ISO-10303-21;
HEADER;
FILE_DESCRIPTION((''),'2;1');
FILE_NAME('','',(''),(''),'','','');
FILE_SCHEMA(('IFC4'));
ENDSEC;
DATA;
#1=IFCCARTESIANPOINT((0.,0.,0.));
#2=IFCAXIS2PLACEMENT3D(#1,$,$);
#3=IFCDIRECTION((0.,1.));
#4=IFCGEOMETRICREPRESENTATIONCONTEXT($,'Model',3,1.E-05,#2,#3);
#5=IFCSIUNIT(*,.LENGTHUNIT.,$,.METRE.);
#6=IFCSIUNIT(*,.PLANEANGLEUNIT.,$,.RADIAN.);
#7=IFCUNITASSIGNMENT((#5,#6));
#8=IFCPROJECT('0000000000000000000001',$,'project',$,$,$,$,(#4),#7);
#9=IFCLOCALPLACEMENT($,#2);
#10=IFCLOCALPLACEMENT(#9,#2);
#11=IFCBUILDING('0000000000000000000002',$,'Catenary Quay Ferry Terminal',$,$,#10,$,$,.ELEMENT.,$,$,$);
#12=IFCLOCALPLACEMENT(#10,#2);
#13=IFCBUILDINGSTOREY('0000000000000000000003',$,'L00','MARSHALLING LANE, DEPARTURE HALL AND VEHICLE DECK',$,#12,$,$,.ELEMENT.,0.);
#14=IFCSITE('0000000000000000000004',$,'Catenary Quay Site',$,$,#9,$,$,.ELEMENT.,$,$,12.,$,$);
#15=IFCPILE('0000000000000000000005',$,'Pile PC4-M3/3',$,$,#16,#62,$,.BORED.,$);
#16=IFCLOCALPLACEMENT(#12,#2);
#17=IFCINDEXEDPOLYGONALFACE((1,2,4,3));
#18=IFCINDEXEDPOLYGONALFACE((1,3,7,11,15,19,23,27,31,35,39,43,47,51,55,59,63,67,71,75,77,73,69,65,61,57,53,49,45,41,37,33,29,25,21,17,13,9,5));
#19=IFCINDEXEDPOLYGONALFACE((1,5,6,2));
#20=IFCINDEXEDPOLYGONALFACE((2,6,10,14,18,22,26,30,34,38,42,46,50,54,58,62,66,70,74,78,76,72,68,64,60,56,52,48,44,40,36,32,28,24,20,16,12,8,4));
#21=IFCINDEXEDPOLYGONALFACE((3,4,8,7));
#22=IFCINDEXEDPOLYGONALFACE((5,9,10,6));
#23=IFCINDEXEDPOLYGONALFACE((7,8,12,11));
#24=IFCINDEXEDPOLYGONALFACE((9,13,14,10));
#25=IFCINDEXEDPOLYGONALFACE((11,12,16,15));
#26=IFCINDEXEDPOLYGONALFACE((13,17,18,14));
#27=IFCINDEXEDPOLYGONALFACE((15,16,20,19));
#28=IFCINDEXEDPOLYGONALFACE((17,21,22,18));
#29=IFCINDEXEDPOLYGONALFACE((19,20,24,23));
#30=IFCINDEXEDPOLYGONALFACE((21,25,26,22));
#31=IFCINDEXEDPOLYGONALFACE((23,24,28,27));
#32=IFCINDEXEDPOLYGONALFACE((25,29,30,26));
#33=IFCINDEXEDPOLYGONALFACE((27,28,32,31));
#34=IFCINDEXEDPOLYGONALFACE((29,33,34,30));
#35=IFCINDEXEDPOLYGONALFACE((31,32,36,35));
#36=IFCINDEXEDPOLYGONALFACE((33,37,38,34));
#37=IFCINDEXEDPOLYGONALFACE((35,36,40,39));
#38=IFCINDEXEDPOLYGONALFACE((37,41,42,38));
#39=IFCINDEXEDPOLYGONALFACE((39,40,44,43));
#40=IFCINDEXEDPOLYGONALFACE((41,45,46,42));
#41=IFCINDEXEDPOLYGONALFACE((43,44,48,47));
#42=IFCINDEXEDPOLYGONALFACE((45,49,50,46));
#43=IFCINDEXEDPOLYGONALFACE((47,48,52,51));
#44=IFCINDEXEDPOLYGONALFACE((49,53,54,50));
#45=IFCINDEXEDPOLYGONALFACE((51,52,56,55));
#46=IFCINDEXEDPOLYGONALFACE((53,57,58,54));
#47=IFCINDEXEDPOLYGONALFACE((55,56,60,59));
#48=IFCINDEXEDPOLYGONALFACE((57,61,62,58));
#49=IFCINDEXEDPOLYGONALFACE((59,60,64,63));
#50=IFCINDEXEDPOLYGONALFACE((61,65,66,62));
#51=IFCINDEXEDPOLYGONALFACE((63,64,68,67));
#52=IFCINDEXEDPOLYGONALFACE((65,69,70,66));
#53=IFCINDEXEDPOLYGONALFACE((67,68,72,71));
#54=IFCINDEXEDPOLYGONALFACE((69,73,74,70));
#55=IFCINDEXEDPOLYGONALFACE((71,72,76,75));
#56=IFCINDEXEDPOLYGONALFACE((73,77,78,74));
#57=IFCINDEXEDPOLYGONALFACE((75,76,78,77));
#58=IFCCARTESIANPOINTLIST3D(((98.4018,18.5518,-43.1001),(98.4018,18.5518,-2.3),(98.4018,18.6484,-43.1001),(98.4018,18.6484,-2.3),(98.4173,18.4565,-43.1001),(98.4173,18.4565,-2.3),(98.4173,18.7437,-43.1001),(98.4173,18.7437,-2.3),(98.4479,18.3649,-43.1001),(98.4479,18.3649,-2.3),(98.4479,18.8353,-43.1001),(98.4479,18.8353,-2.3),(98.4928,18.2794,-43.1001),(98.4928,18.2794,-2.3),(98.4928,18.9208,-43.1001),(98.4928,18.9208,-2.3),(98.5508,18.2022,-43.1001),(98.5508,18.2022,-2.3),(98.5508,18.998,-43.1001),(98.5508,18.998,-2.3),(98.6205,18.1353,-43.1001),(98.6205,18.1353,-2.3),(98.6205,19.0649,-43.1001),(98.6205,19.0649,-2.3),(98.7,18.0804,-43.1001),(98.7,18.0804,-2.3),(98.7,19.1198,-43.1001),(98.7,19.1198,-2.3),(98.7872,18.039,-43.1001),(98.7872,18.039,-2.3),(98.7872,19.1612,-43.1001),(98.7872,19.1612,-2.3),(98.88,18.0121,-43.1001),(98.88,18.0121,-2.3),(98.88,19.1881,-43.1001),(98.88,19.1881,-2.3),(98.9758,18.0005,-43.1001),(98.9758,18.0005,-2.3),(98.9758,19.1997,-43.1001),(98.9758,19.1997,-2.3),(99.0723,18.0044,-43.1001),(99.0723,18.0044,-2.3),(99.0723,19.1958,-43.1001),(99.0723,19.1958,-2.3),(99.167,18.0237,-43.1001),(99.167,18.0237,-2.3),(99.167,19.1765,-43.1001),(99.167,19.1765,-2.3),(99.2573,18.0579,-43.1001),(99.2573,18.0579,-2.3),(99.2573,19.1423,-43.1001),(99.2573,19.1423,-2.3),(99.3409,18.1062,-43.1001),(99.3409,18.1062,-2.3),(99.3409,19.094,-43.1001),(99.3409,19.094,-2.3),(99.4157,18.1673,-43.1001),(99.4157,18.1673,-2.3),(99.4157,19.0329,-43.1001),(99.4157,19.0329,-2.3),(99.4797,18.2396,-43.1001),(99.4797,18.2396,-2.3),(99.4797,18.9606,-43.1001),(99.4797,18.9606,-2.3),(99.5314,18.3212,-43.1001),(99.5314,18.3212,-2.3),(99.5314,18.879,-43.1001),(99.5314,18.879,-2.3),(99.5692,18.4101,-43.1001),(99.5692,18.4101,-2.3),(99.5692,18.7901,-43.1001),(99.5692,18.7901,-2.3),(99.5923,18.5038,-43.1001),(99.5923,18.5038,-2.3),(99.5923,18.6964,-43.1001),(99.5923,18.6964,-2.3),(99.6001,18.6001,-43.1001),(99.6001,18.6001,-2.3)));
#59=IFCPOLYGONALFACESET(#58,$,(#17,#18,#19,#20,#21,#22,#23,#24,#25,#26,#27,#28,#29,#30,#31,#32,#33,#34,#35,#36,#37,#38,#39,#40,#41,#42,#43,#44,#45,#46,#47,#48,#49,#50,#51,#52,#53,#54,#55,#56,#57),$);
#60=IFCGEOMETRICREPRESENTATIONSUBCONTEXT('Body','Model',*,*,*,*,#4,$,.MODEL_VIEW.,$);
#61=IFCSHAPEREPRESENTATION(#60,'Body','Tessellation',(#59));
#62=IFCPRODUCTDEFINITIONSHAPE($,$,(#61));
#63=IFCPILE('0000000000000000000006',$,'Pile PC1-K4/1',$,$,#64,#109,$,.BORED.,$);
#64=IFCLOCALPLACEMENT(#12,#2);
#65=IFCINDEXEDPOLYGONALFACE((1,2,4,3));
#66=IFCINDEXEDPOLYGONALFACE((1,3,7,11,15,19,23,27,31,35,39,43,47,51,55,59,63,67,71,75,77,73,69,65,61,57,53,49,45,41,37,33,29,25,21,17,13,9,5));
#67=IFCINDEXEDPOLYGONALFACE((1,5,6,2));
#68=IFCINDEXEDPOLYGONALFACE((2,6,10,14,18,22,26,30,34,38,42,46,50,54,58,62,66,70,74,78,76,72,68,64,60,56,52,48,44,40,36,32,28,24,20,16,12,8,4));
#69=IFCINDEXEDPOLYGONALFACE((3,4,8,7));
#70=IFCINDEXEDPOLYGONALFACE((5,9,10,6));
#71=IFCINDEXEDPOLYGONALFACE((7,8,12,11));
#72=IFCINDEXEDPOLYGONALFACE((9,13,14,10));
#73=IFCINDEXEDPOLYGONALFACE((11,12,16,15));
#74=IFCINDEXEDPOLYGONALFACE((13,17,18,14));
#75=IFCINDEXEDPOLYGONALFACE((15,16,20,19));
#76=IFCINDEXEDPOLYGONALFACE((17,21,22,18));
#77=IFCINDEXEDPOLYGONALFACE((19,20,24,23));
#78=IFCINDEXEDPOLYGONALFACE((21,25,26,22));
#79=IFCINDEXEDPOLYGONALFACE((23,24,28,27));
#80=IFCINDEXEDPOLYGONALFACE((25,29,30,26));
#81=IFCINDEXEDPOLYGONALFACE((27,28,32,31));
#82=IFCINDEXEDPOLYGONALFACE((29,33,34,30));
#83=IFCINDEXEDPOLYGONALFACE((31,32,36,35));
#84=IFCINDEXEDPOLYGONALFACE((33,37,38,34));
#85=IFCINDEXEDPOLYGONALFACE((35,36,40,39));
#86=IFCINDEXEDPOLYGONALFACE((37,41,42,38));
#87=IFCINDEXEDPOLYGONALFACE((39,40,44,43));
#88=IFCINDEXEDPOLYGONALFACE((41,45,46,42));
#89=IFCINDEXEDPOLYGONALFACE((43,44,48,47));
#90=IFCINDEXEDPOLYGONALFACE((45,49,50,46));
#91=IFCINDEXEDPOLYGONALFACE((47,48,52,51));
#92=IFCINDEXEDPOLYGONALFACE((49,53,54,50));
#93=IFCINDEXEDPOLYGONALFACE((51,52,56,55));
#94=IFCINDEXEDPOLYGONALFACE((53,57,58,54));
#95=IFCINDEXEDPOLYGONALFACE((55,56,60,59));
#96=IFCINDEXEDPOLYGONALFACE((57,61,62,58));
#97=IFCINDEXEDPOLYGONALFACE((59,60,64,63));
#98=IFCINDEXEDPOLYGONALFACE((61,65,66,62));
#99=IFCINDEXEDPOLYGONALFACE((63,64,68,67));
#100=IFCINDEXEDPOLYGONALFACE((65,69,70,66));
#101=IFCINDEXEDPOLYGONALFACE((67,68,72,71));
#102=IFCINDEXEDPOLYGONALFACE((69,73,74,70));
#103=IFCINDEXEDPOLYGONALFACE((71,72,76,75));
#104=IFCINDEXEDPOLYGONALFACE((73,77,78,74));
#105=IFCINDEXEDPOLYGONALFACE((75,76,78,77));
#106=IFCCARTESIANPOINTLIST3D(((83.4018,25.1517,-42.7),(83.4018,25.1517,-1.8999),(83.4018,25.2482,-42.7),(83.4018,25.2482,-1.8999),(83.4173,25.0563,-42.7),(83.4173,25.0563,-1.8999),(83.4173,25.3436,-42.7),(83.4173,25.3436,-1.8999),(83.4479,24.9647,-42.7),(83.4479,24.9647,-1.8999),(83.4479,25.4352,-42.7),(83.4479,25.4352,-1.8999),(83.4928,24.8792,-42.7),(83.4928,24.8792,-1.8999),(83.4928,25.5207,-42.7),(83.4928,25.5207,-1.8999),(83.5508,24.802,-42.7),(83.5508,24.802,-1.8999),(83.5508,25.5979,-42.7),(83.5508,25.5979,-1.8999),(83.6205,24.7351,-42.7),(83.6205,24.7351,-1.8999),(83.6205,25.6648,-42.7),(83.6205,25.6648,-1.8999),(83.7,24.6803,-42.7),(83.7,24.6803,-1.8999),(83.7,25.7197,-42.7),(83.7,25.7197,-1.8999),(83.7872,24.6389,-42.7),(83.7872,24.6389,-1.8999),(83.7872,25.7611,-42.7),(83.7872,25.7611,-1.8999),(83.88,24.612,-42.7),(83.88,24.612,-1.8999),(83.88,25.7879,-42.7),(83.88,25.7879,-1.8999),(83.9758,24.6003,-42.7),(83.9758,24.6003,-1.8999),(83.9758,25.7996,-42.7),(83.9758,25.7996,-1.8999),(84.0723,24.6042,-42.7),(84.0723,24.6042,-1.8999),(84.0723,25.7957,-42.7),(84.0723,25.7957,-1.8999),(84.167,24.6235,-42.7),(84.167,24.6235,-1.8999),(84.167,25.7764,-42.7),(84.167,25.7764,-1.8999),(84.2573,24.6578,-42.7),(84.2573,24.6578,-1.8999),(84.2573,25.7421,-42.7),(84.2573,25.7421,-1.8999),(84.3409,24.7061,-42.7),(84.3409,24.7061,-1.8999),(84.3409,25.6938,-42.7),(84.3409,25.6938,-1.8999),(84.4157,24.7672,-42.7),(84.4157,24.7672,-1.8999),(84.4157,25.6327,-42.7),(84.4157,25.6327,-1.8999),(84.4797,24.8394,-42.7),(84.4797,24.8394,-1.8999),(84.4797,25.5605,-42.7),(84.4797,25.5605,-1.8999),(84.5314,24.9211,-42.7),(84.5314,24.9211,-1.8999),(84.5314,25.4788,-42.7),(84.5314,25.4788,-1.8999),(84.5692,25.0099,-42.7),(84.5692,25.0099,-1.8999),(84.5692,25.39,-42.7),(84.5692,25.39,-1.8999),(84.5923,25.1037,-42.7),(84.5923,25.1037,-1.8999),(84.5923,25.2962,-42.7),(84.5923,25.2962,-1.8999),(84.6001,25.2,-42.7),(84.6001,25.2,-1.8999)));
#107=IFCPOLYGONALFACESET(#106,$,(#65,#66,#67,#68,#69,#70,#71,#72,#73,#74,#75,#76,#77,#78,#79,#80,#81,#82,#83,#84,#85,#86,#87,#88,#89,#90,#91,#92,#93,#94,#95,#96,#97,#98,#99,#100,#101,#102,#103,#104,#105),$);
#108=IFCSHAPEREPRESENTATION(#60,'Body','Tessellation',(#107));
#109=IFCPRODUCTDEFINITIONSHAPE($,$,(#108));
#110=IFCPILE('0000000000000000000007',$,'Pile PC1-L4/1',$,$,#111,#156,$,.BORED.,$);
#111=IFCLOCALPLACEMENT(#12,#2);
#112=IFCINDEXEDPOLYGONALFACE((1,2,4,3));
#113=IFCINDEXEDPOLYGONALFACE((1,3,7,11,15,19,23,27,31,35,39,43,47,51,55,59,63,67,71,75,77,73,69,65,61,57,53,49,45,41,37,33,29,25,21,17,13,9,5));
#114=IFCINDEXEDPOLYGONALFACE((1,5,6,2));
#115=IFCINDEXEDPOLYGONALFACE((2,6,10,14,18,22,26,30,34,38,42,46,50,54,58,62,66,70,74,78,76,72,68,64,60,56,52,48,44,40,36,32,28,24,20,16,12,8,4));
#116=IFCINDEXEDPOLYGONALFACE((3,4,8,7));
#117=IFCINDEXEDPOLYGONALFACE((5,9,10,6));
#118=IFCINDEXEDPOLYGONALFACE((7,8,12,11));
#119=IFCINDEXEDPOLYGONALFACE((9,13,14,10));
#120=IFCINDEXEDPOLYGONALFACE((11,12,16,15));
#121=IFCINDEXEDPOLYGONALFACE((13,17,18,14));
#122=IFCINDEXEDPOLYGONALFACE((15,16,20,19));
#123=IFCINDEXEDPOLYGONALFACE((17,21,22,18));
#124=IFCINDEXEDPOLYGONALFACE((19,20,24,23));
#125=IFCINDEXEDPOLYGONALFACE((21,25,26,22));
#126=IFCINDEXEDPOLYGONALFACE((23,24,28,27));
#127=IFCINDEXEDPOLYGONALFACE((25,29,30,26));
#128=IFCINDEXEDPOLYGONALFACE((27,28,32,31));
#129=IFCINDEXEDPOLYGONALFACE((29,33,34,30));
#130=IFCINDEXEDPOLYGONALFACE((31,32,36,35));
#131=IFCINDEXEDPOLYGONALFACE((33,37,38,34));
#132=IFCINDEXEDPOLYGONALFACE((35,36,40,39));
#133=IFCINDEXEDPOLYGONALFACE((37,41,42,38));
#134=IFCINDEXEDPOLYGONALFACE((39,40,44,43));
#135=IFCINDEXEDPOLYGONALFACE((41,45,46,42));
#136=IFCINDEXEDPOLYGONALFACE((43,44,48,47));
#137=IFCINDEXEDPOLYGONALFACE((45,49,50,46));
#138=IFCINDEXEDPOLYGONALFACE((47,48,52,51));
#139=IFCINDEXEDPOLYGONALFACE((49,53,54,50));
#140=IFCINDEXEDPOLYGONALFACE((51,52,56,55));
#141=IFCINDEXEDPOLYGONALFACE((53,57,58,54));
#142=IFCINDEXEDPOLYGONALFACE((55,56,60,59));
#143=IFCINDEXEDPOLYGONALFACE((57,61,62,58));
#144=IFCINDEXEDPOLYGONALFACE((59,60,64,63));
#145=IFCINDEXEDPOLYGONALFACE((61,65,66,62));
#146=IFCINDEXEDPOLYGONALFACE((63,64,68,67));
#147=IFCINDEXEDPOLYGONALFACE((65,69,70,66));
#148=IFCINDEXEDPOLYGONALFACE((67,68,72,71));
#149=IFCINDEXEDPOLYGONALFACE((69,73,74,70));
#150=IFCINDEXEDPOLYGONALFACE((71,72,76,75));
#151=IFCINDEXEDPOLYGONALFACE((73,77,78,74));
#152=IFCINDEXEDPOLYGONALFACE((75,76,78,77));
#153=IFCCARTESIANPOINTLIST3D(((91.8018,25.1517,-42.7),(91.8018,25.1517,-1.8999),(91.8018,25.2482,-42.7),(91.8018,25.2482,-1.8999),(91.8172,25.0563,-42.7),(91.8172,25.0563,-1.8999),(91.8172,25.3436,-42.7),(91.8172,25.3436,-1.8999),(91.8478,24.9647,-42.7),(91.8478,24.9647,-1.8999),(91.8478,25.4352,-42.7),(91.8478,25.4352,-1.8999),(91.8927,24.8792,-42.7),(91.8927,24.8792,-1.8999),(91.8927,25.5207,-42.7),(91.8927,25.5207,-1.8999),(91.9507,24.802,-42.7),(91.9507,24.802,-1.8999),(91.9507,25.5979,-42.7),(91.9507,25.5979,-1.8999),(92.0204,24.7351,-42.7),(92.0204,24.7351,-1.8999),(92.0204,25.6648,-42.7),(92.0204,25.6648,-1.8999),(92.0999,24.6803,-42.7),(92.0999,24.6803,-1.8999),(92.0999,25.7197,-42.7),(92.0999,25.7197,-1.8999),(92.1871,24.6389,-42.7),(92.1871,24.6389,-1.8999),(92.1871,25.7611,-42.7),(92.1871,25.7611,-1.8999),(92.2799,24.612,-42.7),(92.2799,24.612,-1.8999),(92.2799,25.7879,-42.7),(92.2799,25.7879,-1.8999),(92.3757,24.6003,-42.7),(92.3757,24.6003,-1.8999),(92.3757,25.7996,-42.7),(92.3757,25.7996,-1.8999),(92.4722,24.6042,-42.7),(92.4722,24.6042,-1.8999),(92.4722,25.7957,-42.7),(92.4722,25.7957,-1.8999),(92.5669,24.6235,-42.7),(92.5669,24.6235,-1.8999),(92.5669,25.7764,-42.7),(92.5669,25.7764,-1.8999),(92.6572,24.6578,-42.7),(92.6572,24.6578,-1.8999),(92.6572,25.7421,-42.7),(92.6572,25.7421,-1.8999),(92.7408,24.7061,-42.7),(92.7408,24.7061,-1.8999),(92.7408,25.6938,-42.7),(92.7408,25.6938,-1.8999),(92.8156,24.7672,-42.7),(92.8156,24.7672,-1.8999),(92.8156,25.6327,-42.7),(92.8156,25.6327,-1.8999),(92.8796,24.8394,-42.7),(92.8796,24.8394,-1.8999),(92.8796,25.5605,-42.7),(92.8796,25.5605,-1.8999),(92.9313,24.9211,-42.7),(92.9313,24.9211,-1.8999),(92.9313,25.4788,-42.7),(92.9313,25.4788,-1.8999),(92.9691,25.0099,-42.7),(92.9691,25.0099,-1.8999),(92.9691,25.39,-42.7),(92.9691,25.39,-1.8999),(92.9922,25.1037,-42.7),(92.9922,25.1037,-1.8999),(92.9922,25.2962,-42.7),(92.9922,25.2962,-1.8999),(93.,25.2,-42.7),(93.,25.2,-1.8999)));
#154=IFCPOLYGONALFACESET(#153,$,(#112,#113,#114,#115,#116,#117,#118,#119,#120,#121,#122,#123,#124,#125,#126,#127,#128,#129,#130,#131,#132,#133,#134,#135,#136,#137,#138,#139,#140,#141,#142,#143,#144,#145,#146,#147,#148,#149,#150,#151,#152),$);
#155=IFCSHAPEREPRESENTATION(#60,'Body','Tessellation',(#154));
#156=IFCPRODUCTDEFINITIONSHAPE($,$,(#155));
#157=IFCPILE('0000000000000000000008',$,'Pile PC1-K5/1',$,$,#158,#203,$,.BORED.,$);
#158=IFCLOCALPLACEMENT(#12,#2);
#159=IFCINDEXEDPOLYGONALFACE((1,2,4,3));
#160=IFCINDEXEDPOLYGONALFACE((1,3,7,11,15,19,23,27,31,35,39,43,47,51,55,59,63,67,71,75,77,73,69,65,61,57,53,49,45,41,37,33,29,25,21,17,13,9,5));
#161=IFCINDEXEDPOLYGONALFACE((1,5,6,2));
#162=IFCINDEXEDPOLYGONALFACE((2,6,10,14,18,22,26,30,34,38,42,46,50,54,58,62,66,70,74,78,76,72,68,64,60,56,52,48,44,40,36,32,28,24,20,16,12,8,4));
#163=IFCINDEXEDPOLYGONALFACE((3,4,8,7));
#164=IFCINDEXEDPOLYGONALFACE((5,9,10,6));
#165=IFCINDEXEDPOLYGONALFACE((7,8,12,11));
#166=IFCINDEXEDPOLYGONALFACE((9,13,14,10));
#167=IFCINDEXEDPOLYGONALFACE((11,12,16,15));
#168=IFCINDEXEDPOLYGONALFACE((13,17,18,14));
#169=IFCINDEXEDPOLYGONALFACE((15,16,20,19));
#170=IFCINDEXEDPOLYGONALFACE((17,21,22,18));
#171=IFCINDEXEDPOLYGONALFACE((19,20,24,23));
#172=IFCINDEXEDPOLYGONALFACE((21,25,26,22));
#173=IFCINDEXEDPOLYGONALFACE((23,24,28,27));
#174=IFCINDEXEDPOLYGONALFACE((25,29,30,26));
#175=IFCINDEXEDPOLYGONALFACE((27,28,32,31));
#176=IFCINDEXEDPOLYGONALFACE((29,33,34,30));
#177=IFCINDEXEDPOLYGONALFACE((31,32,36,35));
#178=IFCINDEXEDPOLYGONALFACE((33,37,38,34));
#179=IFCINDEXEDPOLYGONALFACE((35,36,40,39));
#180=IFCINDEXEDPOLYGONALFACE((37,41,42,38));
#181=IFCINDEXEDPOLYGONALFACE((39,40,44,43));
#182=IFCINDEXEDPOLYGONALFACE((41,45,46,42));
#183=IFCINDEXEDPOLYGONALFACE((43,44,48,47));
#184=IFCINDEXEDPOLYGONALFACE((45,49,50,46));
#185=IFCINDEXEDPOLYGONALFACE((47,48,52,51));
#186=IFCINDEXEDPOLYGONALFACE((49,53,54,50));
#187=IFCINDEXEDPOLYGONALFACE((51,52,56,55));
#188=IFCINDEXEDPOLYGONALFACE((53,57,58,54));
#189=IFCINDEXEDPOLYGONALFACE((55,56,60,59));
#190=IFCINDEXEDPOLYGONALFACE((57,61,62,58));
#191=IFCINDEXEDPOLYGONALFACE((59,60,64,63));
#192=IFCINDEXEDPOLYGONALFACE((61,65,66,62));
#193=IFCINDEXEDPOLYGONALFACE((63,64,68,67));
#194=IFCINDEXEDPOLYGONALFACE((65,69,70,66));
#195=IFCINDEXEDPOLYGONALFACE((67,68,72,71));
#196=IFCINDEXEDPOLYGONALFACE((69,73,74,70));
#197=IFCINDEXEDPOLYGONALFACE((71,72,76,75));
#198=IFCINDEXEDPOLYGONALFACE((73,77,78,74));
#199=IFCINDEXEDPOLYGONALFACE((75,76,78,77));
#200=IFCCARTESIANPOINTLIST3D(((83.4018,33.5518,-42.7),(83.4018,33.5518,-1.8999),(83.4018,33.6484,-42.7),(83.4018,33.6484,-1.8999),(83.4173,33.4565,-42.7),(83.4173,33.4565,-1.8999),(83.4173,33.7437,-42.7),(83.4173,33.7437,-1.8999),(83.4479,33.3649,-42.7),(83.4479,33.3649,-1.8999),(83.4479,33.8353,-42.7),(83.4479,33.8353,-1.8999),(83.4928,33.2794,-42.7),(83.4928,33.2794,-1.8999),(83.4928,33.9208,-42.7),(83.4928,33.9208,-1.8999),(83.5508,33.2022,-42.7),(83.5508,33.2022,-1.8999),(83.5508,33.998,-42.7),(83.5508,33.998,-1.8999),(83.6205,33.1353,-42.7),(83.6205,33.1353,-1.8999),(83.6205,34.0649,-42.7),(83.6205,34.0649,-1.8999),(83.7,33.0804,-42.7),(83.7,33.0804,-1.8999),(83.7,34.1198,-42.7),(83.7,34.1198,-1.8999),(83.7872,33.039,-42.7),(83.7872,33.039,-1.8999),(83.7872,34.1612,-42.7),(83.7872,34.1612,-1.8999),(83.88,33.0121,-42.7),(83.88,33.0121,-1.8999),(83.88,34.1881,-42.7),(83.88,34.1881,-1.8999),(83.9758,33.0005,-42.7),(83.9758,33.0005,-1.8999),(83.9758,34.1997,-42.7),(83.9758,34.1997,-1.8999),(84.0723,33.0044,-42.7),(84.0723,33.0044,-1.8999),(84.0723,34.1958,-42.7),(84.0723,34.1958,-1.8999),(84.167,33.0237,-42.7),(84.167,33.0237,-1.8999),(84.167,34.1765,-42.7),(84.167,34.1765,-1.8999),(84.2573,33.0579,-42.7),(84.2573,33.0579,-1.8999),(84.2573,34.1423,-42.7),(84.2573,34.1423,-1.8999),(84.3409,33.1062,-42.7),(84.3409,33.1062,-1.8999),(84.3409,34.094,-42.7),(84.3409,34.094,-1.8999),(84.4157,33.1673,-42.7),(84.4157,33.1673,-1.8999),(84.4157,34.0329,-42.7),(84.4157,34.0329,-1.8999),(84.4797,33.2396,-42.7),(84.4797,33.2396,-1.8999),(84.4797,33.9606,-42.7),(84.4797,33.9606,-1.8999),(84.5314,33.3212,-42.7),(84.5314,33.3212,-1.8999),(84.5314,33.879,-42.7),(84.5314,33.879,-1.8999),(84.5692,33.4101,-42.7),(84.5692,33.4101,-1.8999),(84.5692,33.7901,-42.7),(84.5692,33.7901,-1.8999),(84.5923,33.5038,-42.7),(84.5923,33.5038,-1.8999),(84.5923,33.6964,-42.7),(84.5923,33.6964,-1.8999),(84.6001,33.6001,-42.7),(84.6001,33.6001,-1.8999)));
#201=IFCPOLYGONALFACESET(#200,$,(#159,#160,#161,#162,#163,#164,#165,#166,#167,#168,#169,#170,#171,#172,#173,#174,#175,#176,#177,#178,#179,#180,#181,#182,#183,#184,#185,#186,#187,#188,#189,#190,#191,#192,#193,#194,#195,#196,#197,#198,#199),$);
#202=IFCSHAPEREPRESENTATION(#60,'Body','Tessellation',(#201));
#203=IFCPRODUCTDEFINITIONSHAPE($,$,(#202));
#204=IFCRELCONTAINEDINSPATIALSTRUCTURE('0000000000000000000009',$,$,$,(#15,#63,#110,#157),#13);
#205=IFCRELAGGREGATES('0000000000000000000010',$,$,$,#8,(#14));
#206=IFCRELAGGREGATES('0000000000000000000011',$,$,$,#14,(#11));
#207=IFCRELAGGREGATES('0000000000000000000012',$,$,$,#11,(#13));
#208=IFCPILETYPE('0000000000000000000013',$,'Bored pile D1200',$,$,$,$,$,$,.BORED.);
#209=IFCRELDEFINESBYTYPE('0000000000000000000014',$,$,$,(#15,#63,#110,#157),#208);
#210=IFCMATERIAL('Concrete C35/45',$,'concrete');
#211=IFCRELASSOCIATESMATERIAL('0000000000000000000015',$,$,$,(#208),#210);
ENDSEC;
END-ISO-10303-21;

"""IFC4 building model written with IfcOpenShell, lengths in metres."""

from ifc_helpers import new_model, si_unit, direction, frame, origin, origin_2d, place, context, subcontext, project, spatial, circle, extrude, material, material_profile, profile_set, type_object, element, save


model = new_model("IFC4")

# Units and contexts
model_context = context("Model", 3, precision=1e-05, world=origin(), true_north=direction((0.0, 1.0)))
body_context = subcontext(model_context, "Body", "Model", "MODEL_VIEW")
ifc_project = project(units=[si_unit("LENGTHUNIT", "METRE"), si_unit("PLANEANGLEUNIT", "RADIAN")], contexts=[model_context])

# Site, building, storey
site_placement = place(None, origin())
site = spatial("IfcSite", under=ifc_project, at=site_placement, Name="Catenary Quay Site", CompositionType="ELEMENT", RefElevation=12.0)
building_placement = place(site_placement, origin())
building = spatial("IfcBuilding", under=site, at=building_placement, Name="Catenary Quay Ferry Terminal", CompositionType="ELEMENT")
storey_placement = place(building_placement, origin())
storey = spatial("IfcBuildingStorey", under=building, at=storey_placement, Name="L00", Description="MARSHALLING LANE, DEPARTURE HALL AND VEHICLE DECK", CompositionType="ELEMENT", Elevation=0.0)

# Piles
ifc_material_1 = material(Name="Concrete C35/45", Category="concrete")
ifc_material_profile_1 = material_profile(ifc_material_1, circle(Radius=0.6001, at=origin_2d()), Name="D1200")
ifc_profile_set_1 = profile_set([ifc_material_profile_1], Name="Concrete C35/45")
pile_type = type_object("IfcPileType", Name="Bored pile D1200", PredefinedType="BORED", material=ifc_profile_set_1)
for number, where, z_axis, x_axis, name in (
    (1, (99.0, 18.6001, -2.3), (0.0, 0.0, -1.0), (1.0, 0.0, 0.0), "Pile PC4-M3/3"),
    (2, (84.0, 25.2, -1.8999), (0.0, 0.0, -1.0), (1.0, 0.0, 0.0), "Pile PC1-K4/1"),
    (3, (92.3999, 25.2, -1.8999), (0.0, 0.0, -1.0), (1.0, 0.0, 0.0), "Pile PC1-L4/1"),
    (4, (84.0, 33.6001, -1.8999), (0.0, 0.0, -1.0), (1.0, 0.0, 0.0), "Pile PC1-K5/1"),
):
    element("IfcPile", number, at=place(storey_placement, frame(where, z_axis=z_axis, x_axis=x_axis)), inside=storey, type_object=pile_type, Name=name, PredefinedType="BORED", context=body_context, shape_type="SweptSolid", body=[
        extrude(circle(Radius=0.6001, at=origin_2d()), origin(), (0.0, 0.0, 1.0), 40.8),
    ])

save(model, "model.ifc")
